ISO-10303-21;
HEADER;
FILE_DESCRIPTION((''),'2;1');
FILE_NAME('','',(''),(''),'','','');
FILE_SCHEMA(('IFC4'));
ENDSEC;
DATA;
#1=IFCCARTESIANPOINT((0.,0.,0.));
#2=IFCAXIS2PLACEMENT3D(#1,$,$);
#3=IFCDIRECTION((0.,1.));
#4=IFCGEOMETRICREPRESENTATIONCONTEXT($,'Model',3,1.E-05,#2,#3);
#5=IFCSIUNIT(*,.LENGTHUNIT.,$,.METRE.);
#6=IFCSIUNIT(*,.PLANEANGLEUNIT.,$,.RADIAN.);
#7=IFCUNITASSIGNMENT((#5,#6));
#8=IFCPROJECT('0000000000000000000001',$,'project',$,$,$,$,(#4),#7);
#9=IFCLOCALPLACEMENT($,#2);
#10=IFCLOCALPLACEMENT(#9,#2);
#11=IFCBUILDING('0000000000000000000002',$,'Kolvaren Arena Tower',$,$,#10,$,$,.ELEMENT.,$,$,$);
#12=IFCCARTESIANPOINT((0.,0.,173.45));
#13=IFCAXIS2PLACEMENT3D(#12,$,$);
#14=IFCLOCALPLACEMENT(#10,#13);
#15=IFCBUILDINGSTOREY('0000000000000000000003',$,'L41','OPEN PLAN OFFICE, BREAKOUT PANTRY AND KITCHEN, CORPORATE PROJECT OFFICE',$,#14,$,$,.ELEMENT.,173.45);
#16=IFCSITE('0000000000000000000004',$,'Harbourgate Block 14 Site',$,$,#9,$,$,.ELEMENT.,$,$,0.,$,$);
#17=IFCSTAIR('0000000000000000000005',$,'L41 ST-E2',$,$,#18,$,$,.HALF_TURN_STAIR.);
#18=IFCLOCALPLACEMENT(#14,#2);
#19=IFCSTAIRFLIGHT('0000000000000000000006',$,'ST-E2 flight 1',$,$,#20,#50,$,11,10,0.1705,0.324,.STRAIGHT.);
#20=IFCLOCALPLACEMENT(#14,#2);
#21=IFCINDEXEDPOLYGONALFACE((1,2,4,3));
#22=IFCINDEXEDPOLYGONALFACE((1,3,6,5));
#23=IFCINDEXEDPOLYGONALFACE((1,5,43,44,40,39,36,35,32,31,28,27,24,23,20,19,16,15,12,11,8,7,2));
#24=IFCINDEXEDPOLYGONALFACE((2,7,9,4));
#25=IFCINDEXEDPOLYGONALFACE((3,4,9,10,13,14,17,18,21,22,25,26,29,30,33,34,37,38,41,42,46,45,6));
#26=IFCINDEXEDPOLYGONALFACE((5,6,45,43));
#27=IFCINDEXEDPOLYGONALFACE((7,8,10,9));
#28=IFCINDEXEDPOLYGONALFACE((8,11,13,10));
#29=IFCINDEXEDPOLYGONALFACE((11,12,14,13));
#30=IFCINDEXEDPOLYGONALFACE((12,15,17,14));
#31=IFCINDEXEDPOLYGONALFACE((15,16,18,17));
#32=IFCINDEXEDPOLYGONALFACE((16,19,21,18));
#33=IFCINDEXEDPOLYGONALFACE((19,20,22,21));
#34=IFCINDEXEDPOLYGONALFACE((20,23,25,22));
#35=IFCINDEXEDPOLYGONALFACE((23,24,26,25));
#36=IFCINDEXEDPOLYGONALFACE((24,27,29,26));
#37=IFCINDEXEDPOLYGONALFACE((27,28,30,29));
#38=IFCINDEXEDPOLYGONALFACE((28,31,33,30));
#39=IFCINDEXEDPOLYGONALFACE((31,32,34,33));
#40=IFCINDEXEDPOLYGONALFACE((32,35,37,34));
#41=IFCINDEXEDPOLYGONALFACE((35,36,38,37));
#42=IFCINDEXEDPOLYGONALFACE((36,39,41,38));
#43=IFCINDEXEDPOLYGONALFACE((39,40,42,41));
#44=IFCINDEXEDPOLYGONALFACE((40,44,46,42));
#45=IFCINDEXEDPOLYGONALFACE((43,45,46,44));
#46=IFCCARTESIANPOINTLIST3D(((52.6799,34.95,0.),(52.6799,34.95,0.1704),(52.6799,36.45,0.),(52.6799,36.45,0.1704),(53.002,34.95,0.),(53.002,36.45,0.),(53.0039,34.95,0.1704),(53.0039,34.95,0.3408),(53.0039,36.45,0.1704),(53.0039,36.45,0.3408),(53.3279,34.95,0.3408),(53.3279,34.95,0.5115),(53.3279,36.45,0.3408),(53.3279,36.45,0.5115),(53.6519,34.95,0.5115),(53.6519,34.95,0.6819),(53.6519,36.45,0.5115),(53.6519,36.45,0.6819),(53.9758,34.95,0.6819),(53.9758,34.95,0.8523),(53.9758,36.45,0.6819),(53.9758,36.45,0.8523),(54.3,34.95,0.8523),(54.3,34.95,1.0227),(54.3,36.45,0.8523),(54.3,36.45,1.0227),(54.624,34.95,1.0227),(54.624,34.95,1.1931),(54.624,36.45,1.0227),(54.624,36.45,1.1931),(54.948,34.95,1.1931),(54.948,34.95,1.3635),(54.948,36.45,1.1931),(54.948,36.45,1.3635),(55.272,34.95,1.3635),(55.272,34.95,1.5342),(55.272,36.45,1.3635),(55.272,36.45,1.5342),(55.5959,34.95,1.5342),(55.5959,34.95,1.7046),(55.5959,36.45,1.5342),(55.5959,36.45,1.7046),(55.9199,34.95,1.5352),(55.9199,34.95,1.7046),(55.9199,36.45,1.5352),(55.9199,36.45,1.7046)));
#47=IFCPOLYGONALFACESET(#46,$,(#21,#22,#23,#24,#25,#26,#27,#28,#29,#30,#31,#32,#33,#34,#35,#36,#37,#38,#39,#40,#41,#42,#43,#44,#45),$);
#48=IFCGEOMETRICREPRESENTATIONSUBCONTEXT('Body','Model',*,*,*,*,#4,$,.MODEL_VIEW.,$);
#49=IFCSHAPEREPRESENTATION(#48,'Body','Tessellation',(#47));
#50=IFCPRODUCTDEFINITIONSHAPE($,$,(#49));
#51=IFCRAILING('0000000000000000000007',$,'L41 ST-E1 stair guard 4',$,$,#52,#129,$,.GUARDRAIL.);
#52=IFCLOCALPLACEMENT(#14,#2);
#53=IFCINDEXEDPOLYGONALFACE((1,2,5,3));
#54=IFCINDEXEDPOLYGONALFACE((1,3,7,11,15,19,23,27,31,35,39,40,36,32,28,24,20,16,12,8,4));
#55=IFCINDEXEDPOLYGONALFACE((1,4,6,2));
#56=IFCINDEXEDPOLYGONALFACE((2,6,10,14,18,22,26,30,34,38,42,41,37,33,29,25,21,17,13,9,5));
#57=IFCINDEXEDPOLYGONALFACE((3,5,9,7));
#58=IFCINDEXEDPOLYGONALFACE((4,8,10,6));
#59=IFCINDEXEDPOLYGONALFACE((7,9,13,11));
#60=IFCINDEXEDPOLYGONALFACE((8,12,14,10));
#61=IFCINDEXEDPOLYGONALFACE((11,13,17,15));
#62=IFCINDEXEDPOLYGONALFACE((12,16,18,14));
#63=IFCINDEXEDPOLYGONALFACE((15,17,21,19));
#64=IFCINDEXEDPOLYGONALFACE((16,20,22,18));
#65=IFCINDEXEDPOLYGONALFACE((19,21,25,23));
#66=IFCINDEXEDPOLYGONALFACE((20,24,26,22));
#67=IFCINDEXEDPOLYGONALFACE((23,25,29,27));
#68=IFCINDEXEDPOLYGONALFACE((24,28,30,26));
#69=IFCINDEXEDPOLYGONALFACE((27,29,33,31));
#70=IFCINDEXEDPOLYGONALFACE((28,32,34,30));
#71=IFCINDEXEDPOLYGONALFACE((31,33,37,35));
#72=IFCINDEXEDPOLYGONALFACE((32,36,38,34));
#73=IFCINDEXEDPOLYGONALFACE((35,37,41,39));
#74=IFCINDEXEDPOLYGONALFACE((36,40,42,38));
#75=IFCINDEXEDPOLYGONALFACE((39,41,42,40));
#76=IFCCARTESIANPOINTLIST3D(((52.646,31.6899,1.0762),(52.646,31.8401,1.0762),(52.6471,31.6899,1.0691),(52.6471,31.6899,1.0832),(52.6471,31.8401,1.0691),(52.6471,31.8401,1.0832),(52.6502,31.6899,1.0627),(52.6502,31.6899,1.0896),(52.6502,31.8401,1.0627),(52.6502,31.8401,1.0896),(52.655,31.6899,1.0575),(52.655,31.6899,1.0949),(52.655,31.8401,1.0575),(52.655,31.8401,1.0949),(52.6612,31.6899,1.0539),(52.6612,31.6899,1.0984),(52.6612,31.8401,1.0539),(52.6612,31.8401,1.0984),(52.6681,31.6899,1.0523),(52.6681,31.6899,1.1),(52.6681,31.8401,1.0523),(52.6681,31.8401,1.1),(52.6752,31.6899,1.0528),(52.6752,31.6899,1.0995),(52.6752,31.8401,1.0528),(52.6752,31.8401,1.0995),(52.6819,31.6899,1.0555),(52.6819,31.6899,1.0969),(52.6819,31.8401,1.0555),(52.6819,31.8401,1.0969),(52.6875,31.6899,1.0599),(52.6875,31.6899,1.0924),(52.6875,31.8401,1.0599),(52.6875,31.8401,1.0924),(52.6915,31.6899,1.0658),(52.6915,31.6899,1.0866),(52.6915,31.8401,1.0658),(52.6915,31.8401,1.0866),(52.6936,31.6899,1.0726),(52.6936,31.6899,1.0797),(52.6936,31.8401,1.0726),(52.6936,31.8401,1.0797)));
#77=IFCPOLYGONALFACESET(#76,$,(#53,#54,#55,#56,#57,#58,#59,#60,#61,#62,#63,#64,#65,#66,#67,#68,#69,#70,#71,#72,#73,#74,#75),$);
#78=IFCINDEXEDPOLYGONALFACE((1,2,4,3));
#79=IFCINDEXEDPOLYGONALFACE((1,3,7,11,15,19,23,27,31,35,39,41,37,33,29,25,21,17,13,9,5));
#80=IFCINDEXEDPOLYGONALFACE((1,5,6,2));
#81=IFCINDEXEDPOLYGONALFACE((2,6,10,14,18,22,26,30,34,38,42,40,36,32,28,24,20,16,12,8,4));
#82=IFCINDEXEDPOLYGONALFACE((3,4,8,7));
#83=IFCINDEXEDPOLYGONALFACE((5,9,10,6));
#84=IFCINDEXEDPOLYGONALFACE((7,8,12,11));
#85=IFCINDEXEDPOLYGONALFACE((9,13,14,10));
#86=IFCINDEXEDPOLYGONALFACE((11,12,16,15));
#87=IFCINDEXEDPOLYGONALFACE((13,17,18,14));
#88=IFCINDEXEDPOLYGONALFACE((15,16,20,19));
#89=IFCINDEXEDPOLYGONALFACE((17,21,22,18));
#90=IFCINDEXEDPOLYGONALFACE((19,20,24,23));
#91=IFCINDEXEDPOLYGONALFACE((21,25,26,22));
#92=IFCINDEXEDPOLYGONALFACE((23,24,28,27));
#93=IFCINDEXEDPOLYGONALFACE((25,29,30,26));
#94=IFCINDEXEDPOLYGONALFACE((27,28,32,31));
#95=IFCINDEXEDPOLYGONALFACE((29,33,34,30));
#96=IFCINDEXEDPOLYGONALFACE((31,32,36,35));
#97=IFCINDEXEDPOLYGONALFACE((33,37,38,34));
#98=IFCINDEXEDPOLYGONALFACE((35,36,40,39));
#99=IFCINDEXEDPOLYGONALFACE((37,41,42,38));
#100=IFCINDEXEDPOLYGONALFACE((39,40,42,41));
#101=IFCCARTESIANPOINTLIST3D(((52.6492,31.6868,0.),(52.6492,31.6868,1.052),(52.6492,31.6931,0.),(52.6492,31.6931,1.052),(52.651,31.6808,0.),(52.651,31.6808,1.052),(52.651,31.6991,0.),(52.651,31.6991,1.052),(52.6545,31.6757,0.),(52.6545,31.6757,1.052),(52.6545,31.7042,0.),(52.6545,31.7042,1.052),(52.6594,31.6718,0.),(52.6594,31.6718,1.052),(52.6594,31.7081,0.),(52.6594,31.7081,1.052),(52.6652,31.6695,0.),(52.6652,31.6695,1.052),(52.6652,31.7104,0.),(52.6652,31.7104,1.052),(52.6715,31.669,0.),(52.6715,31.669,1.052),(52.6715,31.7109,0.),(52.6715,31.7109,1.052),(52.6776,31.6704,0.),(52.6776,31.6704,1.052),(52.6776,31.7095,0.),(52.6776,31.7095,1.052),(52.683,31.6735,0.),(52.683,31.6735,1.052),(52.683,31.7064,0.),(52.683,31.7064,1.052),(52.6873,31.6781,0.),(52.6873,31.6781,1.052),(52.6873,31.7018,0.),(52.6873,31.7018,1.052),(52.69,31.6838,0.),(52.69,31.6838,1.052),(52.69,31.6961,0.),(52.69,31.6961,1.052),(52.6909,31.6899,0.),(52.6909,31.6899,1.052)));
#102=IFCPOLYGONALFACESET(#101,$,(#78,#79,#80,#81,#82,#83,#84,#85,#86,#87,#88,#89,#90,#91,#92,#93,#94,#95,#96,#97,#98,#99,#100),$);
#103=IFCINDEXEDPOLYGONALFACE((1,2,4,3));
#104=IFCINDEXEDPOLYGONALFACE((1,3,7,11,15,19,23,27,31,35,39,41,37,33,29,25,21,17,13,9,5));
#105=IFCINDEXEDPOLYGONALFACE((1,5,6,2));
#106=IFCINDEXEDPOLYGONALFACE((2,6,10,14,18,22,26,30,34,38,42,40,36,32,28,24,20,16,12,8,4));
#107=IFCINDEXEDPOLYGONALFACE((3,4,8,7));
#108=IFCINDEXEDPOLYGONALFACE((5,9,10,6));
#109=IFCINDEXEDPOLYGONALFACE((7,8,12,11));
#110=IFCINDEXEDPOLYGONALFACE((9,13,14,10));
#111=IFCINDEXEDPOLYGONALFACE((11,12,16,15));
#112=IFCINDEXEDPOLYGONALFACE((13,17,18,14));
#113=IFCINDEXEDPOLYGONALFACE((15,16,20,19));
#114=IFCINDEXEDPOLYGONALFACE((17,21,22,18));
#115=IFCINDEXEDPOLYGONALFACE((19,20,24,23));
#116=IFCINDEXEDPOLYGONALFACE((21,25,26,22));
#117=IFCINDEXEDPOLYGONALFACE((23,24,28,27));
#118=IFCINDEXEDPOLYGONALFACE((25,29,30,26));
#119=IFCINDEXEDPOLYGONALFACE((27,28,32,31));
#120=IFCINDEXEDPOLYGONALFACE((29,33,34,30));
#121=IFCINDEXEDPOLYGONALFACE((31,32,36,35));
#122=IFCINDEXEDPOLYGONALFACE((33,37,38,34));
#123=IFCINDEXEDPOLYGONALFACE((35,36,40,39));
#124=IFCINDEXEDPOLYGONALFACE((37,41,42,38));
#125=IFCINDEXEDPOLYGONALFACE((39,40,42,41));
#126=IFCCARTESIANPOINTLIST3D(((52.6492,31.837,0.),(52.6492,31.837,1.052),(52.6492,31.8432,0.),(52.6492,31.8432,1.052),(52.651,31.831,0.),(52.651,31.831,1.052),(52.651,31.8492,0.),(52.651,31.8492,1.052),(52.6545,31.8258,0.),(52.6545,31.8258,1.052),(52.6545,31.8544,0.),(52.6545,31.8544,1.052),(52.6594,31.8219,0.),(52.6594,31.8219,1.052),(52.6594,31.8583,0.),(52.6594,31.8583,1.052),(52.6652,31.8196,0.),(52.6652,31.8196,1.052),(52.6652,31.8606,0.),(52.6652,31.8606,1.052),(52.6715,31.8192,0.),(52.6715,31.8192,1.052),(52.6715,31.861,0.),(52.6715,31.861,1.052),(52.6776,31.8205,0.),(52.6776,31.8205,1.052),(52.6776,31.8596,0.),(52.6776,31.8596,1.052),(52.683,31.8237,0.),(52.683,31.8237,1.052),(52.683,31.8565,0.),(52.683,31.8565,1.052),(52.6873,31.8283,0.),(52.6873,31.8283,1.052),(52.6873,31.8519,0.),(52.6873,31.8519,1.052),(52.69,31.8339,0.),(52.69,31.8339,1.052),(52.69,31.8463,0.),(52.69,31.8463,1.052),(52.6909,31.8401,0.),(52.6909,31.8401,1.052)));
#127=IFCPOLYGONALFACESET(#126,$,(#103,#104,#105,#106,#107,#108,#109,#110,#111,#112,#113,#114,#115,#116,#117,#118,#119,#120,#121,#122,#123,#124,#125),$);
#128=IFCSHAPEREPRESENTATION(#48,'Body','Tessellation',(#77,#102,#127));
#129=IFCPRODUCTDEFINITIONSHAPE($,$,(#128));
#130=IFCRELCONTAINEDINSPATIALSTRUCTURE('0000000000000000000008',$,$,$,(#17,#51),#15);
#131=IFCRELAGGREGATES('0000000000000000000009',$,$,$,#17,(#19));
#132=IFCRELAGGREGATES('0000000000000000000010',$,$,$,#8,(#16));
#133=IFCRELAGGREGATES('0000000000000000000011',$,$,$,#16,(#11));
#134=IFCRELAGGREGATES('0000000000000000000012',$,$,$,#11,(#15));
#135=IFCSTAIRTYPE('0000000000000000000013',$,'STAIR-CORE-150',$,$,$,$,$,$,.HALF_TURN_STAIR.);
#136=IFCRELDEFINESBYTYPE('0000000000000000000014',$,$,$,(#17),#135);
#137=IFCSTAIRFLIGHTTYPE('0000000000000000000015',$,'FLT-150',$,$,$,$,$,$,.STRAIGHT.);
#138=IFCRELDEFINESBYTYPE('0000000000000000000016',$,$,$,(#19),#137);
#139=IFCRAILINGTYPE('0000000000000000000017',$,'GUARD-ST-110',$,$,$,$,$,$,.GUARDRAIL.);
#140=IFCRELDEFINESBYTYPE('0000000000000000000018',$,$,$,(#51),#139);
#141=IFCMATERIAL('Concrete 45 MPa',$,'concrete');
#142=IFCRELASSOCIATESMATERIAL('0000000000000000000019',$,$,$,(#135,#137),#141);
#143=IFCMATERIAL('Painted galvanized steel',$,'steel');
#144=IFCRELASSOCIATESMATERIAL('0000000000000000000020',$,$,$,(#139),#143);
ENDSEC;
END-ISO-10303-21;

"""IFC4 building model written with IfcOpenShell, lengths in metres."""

from ifc_helpers import new_model, si_unit, direction, frame, origin, origin_2d, place, context, subcontext, project, spatial, polyline, circle, outline, extrude, material, type_object, element, aggregate, save


model = new_model("IFC4")

# Units and contexts
model_context = context("Model", 3, precision=1e-05, world=origin(), true_north=direction((0.0, 1.0)))
body_context = subcontext(model_context, "Body", "Model", "MODEL_VIEW")
ifc_project = project(units=[si_unit("LENGTHUNIT", "METRE"), si_unit("PLANEANGLEUNIT", "RADIAN")], contexts=[model_context])

# Site, building, storey
site_placement = place(None, origin())
site = spatial("IfcSite", under=ifc_project, at=site_placement, Name="Harbourgate Block 14 Site", CompositionType="ELEMENT", RefElevation=0.0)
building_placement = place(site_placement, origin())
building = spatial("IfcBuilding", under=site, at=building_placement, Name="Kolvaren Arena Tower", CompositionType="ELEMENT")
storey_placement = place(building_placement, frame((0.0, 0.0, 173.45)))
storey = spatial("IfcBuildingStorey", under=building, at=storey_placement, Name="L41", Description="OPEN PLAN OFFICE, BREAKOUT PANTRY AND KITCHEN, CORPORATE PROJECT OFFICE", CompositionType="ELEMENT", Elevation=173.45)

# Shared definitions
ifc_material_1 = material(Name="Concrete 45 MPa", Category="concrete")

# Stair, stair flight
stair_type = type_object("IfcStairType", Name="STAIR-CORE-150", PredefinedType="HALF_TURN_STAIR", material=ifc_material_1)
stair_placement = place(storey_placement, origin())
stair = element("IfcStair", 1, at=stair_placement, inside=storey, type_object=stair_type, Name="L41 ST-E2", PredefinedType="HALF_TURN_STAIR")
stair_flight_type = type_object("IfcStairFlightType", Name="FLT-150", PredefinedType="STRAIGHT", material=ifc_material_1)
stair_flight_placement = place(storey_placement, frame((52.6799, 35.7, 0.0), z_axis=(0.0, 0.0, 1.0), x_axis=(1.0, 0.0, 0.0)))
stair_flight = element("IfcStairFlight", 2, at=stair_flight_placement, type_object=stair_flight_type, Name="ST-E2 flight 1", NumberOfRisers=11, NumberOfTreads=10, PredefinedType="STRAIGHT", RiserHeight=0.1705, TreadLength=0.324, context=body_context, shape_type="SweptSolid", body=[
    extrude(outline(polyline([(0.0, 0.0), (0.0, 0.1704), (0.324, 0.1704), (0.324, 0.3408), (0.6479, 0.3408), (0.6479, 0.5115), (0.9719, 0.5115), (0.9719, 0.6819), (1.2959, 0.6819), (1.2959, 0.8523), (1.6201, 0.8523), (1.6201, 1.0227), (1.9441, 1.0227), (1.9441, 1.1931), (2.2681, 1.1931), (2.2681, 1.3635), (2.592, 1.3635), (2.592, 1.5342), (2.916, 1.5342), (2.916, 1.7046), (3.24, 1.7046), (3.24, 1.875), (3.24, 1.5352), (0.322, 0.0), (0.0, 0.0)])), frame((0.0, 0.75, 0.0), z_axis=(0.0, -1.0, 0.0), x_axis=(1.0, 0.0, 0.0)), (0.0, 0.0, 1.0), 1.5),
])
aggregate(stair, [stair_flight])

# Railing
ifc_material_2 = material(Name="Painted galvanized steel", Category="steel")
railing_type_1 = type_object("IfcRailingType", Name="GUARD-ST-110", PredefinedType="GUARDRAIL", material=ifc_material_2)
railing_1_placement = place(storey_placement, frame((52.6699, 31.6899, 0.0)))
element("IfcRailing", 3, at=railing_1_placement, inside=storey, type_object=railing_type_1, Name="L41 ST-E1 stair guard 4", PredefinedType="GUARDRAIL", context=body_context, shape_type="SweptSolid", body=[
    extrude(circle(Radius=0.0239, at=origin_2d()), frame((0.0, 0.0, 1.0762), z_axis=(0.0, 1.0, 0.0), x_axis=(-1.0, 0.0, 0.0)), (0.0, 0.0, 1.0), 0.1501),
    extrude(circle(Radius=0.021, at=origin_2d()), origin(), (0.0, 0.0, 1.0), 1.052),
    extrude(circle(Radius=0.021, at=origin_2d()), frame((0.0, 0.1501, 0.0)), (0.0, 0.0, 1.0), 1.052),
])

save(model, "model.ifc")
